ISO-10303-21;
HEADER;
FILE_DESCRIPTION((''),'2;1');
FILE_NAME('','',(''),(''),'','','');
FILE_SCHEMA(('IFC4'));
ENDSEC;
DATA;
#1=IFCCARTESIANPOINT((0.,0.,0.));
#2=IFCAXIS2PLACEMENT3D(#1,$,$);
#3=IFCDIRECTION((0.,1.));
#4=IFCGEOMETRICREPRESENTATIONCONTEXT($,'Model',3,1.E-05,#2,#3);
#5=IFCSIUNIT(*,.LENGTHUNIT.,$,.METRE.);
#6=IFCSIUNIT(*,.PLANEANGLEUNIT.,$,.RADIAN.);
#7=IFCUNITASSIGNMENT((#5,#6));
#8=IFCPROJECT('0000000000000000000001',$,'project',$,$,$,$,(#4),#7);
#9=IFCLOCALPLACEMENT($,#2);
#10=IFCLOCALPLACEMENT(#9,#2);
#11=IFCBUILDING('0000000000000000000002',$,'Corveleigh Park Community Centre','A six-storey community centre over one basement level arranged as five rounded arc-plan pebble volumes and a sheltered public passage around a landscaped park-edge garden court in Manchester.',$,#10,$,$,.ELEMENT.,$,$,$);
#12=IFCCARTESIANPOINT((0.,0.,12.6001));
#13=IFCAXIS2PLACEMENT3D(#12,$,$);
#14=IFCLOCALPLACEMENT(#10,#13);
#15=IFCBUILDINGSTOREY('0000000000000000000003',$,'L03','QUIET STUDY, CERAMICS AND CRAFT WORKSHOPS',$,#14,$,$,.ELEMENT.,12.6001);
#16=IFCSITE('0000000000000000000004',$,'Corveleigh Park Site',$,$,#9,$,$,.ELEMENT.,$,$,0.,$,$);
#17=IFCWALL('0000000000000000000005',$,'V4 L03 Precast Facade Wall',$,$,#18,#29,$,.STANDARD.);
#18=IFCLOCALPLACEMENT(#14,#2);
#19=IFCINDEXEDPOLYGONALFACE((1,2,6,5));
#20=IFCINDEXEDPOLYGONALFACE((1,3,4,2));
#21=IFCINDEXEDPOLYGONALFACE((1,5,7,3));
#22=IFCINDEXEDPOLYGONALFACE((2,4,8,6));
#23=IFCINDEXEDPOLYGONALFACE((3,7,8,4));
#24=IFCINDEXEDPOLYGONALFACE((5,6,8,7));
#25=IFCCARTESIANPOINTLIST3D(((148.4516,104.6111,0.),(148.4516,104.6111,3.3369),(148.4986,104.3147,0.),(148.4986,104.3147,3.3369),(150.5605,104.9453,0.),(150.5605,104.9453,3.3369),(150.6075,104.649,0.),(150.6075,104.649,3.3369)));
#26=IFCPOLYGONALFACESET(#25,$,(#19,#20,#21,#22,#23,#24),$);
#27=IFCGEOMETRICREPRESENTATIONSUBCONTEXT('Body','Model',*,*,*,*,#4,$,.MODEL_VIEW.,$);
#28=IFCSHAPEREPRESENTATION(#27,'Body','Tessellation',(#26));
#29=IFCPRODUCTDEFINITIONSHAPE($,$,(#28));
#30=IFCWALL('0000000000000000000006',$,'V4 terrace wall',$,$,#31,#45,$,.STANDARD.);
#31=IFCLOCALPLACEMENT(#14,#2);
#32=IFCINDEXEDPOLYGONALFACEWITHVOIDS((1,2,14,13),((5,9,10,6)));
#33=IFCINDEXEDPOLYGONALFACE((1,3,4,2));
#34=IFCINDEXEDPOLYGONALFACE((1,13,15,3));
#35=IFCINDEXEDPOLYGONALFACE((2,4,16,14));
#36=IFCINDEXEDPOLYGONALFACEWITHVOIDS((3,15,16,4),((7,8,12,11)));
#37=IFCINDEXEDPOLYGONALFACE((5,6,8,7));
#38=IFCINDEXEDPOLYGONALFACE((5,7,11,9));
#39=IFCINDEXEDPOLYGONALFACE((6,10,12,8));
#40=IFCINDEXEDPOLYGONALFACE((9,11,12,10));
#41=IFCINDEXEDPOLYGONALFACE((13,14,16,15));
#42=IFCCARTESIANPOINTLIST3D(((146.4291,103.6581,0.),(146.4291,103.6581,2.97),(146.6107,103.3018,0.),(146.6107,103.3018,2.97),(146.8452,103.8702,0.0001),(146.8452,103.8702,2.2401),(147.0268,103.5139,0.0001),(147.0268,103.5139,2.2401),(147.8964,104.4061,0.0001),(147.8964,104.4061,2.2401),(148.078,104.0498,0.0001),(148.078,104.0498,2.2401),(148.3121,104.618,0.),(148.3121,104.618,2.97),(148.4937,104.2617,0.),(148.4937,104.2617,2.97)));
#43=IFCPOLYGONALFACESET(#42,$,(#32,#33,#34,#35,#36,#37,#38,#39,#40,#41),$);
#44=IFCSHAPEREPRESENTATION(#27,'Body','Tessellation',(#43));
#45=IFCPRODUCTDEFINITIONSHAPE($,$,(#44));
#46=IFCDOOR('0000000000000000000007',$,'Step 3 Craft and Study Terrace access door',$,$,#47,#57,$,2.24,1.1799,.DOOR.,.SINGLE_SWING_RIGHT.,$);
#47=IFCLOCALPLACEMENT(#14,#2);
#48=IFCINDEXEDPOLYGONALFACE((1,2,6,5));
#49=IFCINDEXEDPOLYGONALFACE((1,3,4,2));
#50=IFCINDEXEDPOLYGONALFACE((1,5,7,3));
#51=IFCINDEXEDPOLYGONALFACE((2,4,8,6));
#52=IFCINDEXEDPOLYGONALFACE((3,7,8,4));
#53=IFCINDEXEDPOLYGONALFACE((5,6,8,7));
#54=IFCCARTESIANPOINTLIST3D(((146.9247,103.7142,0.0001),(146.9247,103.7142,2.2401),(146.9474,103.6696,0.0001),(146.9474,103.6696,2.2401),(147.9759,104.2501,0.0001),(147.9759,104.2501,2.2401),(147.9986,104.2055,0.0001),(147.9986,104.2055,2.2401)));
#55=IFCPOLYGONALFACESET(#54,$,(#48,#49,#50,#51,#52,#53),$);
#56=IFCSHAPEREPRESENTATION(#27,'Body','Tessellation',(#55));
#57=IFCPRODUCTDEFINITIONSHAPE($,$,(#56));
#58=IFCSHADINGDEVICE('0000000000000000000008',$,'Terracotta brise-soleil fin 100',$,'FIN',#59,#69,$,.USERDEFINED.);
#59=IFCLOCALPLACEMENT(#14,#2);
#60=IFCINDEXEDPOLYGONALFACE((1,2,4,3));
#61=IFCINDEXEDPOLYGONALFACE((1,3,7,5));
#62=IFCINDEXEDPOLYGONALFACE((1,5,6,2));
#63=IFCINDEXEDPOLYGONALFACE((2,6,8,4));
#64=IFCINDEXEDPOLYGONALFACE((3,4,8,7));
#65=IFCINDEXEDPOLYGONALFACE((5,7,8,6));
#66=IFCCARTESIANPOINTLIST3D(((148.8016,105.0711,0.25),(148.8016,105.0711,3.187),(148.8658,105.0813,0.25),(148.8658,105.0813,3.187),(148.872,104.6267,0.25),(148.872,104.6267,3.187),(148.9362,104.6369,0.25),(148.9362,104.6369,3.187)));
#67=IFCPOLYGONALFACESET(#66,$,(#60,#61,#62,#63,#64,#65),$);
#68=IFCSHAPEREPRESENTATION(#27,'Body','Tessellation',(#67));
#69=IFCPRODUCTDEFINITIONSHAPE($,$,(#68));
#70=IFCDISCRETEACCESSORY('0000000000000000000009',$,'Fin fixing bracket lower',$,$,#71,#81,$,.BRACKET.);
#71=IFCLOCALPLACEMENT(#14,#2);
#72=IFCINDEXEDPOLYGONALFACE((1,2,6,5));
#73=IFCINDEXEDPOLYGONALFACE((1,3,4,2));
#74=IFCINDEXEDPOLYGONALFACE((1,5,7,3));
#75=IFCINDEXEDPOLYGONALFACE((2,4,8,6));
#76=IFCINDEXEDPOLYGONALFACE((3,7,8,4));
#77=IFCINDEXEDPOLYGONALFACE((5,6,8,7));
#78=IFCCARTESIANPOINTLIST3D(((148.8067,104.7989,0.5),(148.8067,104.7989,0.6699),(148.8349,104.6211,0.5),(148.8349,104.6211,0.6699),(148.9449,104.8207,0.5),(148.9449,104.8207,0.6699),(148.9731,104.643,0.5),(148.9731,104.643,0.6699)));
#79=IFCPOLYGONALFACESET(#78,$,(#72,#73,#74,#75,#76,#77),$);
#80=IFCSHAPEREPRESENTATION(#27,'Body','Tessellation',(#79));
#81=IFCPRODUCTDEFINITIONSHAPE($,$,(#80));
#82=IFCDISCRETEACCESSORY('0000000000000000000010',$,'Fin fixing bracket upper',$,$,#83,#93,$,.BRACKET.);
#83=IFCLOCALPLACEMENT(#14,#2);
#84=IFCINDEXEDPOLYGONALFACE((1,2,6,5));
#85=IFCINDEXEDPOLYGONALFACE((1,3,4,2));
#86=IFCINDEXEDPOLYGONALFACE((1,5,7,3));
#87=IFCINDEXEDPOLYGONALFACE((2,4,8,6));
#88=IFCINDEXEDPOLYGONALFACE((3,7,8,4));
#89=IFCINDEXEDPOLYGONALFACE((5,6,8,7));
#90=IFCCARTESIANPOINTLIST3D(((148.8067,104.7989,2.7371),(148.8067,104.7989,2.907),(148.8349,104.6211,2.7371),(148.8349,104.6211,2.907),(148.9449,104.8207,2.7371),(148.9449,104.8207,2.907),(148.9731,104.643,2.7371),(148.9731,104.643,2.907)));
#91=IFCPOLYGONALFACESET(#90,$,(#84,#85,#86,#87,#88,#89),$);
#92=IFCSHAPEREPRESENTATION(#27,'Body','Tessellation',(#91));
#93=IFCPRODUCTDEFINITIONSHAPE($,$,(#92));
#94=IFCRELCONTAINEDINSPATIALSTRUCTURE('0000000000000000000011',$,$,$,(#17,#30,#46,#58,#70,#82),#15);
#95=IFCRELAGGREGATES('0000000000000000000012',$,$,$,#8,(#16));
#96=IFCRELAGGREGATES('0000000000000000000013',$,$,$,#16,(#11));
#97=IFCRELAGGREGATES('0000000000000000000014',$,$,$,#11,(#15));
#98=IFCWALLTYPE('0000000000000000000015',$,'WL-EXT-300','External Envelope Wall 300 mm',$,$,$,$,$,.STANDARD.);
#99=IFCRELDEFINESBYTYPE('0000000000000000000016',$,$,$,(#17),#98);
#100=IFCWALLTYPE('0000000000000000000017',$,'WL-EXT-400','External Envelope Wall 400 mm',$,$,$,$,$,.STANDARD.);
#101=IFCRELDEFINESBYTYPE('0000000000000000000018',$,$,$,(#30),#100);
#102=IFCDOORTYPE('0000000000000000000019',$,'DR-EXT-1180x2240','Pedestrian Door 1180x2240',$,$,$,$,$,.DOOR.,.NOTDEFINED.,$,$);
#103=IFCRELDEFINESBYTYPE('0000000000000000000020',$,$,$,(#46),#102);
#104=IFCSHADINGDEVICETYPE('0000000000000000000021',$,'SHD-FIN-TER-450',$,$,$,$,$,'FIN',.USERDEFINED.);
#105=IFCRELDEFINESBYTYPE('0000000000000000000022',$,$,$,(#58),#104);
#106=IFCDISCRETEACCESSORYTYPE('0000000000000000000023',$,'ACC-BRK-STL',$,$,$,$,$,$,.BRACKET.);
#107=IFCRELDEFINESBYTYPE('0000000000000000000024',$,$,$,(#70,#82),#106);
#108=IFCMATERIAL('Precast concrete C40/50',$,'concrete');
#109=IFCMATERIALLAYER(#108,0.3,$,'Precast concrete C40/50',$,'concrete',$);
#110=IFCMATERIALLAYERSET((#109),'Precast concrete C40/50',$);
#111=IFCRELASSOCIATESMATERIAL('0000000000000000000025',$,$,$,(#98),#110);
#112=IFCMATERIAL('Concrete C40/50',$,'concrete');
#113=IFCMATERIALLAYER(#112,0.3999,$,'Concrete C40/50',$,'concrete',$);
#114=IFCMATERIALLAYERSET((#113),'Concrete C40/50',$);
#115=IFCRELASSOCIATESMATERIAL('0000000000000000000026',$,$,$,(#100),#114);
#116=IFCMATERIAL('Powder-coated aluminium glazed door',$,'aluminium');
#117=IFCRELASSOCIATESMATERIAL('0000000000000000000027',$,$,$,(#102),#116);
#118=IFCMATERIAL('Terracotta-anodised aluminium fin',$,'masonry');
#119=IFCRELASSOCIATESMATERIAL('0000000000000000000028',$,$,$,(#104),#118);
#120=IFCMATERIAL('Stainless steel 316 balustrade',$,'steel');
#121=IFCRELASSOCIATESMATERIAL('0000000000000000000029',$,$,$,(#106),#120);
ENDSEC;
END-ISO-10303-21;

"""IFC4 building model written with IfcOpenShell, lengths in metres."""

from ifc_helpers import new_model, si_unit, direction, frame, frame_2d, origin, origin_2d, place, context, subcontext, project, spatial, rectangle, extrude, material, layer, layer_set, type_object, element, fill, save


model = new_model("IFC4")

# Units and contexts
model_context = context("Model", 3, precision=1e-05, world=origin(), true_north=direction((0.0, 1.0)))
body_context = subcontext(model_context, "Body", "Model", "MODEL_VIEW")
ifc_project = project(units=[si_unit("LENGTHUNIT", "METRE"), si_unit("PLANEANGLEUNIT", "RADIAN")], contexts=[model_context])

# Site, building, storey
site_placement = place(None, origin())
site = spatial("IfcSite", under=ifc_project, at=site_placement, Name="Corveleigh Park Site", CompositionType="ELEMENT", RefElevation=0.0)
building_placement = place(site_placement, origin())
building = spatial("IfcBuilding", under=site, at=building_placement, Name="Corveleigh Park Community Centre", Description="A six-storey community centre over one basement level arranged as five rounded arc-plan pebble volumes and a sheltered public passage around a landscaped park-edge garden court in Manchester.", CompositionType="ELEMENT")
storey_placement = place(building_placement, frame((0.0, 0.0, 12.6001)))
storey = spatial("IfcBuildingStorey", under=building, at=storey_placement, Name="L03", Description="QUIET STUDY, CERAMICS AND CRAFT WORKSHOPS", CompositionType="ELEMENT", Elevation=12.6001)

# Shared definitions
ifc_material_1 = material(Name="Concrete C40/50", Category="concrete")

# Wall
ifc_material_2 = material(Name="Precast concrete C40/50", Category="concrete")
ifc_layer_1 = layer(ifc_material_2, 0.3, Name="Precast concrete C40/50", Category="concrete")
ifc_layer_set_1 = layer_set([ifc_layer_1], Name="Precast concrete C40/50")
wall_type_1 = type_object("IfcWallType", Name="WL-EXT-300", Description="External Envelope Wall 300 mm", PredefinedType="STANDARD", material=ifc_layer_set_1)
wall_1_placement = place(storey_placement, frame((148.4751, 104.4629, 0.0), z_axis=(0.0, 0.0, 1.0), x_axis=(0.987673, 0.156532, 0.0)))
element("IfcWall", 1, at=wall_1_placement, inside=storey, type_object=wall_type_1, Name="V4 L03 Precast Facade Wall", PredefinedType="STANDARD", context=body_context, shape_type="SweptSolid", body=[
    extrude(rectangle(XDim=2.1353, YDim=0.3, at=frame_2d((1.0676, 0.0))), origin(), (0.0, 0.0, 1.0), 3.3369),
])

# Wall, opening, door
ifc_layer_2 = layer(ifc_material_1, 0.3999, Name="Concrete C40/50", Category="concrete")
ifc_layer_set_2 = layer_set([ifc_layer_2], Name="Concrete C40/50")
wall_type_2 = type_object("IfcWallType", Name="WL-EXT-400", Description="External Envelope Wall 400 mm", PredefinedType="STANDARD", material=ifc_layer_set_2)
wall_2_placement = place(storey_placement, frame((146.52, 103.48, 0.0), z_axis=(0.0, 0.0, 1.0), x_axis=(0.890912, 0.454177, 0.0)))
wall_2 = element("IfcWall", 2, at=wall_2_placement, inside=storey, type_object=wall_type_2, Name="V4 terrace wall", PredefinedType="STANDARD", context=body_context, shape_type="SweptSolid", body=[
    extrude(rectangle(XDim=2.1135, YDim=0.3999, at=frame_2d((1.0566, 0.0))), origin(), (0.0, 0.0, 1.0), 2.97),
])
opening_placement = place(wall_2_placement, frame((0.467, 0.0, 0.0)))
opening = element("IfcOpeningElement", 3, at=opening_placement, cuts=wall_2, PredefinedType="OPENING", context=body_context, shape_type="SweptSolid", body=[
    extrude(rectangle(XDim=1.1799, YDim=2.24, at=frame_2d((0.5898, 1.1201))), frame((0.0, 0.21, 0.0), z_axis=(0.0, -1.0, 0.0), x_axis=(1.0, 0.0, 0.0)), (0.0, 0.0, 1.0), 0.4199),
])
ifc_material_3 = material(Name="Powder-coated aluminium glazed door", Category="aluminium")
door_type = type_object("IfcDoorType", Name="DR-EXT-1180x2240", Description="Pedestrian Door 1180x2240", OperationType="NOTDEFINED", PredefinedType="DOOR", material=ifc_material_3)
door_placement = place(opening_placement, origin())
door = element("IfcDoor", 4, at=door_placement, inside=storey, type_object=door_type, Name="Step 3 Craft and Study Terrace access door", OperationType="SINGLE_SWING_RIGHT", OverallHeight=2.24, OverallWidth=1.1799, PredefinedType="DOOR", context=body_context, shape_type="SweptSolid", body=[
    extrude(rectangle(XDim=1.1799, YDim=2.24, at=frame_2d((0.5898, 1.1201))), frame((0.0, 0.0249, 0.0), z_axis=(0.0, -1.0, 0.0), x_axis=(1.0, 0.0, 0.0)), (0.0, 0.0, 1.0), 0.05),
])
fill(opening, door)

# Shading device
ifc_material_4 = material(Name="Terracotta-anodised aluminium fin", Category="masonry")
shading_device_type = type_object("IfcShadingDeviceType", Name="SHD-FIN-TER-450", ElementType="FIN", PredefinedType="USERDEFINED", material=ifc_material_4)
shading_device_placement = place(storey_placement, frame((148.8689, 104.854, 0.25), z_axis=(0.0, 0.0, 1.0), x_axis=(-0.156419, 0.987691, 0.0)))
element("IfcShadingDevice", 5, at=shading_device_placement, inside=storey, type_object=shading_device_type, Name="Terracotta brise-soleil fin 100", ObjectType="FIN", PredefinedType="USERDEFINED", context=body_context, shape_type="SweptSolid", body=[
    extrude(rectangle(XDim=0.45, YDim=0.0649, at=origin_2d()), origin(), (0.0, 0.0, 1.0), 2.937),
])

# Discrete accessories
ifc_material_5 = material(Name="Stainless steel 316 balustrade", Category="steel")
discrete_accessory_type = type_object("IfcDiscreteAccessoryType", Name="ACC-BRK-STL", PredefinedType="BRACKET", material=ifc_material_5)
for number, where, z_axis, x_axis, name in (
    (6, (148.8899, 104.7209, 0.5), (0.0, 0.0, 1.0), (-0.156419, 0.987691, 0.0), "Fin fixing bracket lower"),
    (7, (148.8899, 104.7209, 2.7371), (0.0, 0.0, 1.0), (-0.156419, 0.987691, 0.0), "Fin fixing bracket upper"),
):
    element("IfcDiscreteAccessory", number, at=place(storey_placement, frame(where, z_axis=z_axis, x_axis=x_axis)), inside=storey, type_object=discrete_accessory_type, Name=name, PredefinedType="BRACKET", context=body_context, shape_type="SweptSolid", body=[
        extrude(rectangle(XDim=0.1799, YDim=0.1399, at=origin_2d()), origin(), (0.0, 0.0, 1.0), 0.1699),
    ])

save(model, "model.ifc")
